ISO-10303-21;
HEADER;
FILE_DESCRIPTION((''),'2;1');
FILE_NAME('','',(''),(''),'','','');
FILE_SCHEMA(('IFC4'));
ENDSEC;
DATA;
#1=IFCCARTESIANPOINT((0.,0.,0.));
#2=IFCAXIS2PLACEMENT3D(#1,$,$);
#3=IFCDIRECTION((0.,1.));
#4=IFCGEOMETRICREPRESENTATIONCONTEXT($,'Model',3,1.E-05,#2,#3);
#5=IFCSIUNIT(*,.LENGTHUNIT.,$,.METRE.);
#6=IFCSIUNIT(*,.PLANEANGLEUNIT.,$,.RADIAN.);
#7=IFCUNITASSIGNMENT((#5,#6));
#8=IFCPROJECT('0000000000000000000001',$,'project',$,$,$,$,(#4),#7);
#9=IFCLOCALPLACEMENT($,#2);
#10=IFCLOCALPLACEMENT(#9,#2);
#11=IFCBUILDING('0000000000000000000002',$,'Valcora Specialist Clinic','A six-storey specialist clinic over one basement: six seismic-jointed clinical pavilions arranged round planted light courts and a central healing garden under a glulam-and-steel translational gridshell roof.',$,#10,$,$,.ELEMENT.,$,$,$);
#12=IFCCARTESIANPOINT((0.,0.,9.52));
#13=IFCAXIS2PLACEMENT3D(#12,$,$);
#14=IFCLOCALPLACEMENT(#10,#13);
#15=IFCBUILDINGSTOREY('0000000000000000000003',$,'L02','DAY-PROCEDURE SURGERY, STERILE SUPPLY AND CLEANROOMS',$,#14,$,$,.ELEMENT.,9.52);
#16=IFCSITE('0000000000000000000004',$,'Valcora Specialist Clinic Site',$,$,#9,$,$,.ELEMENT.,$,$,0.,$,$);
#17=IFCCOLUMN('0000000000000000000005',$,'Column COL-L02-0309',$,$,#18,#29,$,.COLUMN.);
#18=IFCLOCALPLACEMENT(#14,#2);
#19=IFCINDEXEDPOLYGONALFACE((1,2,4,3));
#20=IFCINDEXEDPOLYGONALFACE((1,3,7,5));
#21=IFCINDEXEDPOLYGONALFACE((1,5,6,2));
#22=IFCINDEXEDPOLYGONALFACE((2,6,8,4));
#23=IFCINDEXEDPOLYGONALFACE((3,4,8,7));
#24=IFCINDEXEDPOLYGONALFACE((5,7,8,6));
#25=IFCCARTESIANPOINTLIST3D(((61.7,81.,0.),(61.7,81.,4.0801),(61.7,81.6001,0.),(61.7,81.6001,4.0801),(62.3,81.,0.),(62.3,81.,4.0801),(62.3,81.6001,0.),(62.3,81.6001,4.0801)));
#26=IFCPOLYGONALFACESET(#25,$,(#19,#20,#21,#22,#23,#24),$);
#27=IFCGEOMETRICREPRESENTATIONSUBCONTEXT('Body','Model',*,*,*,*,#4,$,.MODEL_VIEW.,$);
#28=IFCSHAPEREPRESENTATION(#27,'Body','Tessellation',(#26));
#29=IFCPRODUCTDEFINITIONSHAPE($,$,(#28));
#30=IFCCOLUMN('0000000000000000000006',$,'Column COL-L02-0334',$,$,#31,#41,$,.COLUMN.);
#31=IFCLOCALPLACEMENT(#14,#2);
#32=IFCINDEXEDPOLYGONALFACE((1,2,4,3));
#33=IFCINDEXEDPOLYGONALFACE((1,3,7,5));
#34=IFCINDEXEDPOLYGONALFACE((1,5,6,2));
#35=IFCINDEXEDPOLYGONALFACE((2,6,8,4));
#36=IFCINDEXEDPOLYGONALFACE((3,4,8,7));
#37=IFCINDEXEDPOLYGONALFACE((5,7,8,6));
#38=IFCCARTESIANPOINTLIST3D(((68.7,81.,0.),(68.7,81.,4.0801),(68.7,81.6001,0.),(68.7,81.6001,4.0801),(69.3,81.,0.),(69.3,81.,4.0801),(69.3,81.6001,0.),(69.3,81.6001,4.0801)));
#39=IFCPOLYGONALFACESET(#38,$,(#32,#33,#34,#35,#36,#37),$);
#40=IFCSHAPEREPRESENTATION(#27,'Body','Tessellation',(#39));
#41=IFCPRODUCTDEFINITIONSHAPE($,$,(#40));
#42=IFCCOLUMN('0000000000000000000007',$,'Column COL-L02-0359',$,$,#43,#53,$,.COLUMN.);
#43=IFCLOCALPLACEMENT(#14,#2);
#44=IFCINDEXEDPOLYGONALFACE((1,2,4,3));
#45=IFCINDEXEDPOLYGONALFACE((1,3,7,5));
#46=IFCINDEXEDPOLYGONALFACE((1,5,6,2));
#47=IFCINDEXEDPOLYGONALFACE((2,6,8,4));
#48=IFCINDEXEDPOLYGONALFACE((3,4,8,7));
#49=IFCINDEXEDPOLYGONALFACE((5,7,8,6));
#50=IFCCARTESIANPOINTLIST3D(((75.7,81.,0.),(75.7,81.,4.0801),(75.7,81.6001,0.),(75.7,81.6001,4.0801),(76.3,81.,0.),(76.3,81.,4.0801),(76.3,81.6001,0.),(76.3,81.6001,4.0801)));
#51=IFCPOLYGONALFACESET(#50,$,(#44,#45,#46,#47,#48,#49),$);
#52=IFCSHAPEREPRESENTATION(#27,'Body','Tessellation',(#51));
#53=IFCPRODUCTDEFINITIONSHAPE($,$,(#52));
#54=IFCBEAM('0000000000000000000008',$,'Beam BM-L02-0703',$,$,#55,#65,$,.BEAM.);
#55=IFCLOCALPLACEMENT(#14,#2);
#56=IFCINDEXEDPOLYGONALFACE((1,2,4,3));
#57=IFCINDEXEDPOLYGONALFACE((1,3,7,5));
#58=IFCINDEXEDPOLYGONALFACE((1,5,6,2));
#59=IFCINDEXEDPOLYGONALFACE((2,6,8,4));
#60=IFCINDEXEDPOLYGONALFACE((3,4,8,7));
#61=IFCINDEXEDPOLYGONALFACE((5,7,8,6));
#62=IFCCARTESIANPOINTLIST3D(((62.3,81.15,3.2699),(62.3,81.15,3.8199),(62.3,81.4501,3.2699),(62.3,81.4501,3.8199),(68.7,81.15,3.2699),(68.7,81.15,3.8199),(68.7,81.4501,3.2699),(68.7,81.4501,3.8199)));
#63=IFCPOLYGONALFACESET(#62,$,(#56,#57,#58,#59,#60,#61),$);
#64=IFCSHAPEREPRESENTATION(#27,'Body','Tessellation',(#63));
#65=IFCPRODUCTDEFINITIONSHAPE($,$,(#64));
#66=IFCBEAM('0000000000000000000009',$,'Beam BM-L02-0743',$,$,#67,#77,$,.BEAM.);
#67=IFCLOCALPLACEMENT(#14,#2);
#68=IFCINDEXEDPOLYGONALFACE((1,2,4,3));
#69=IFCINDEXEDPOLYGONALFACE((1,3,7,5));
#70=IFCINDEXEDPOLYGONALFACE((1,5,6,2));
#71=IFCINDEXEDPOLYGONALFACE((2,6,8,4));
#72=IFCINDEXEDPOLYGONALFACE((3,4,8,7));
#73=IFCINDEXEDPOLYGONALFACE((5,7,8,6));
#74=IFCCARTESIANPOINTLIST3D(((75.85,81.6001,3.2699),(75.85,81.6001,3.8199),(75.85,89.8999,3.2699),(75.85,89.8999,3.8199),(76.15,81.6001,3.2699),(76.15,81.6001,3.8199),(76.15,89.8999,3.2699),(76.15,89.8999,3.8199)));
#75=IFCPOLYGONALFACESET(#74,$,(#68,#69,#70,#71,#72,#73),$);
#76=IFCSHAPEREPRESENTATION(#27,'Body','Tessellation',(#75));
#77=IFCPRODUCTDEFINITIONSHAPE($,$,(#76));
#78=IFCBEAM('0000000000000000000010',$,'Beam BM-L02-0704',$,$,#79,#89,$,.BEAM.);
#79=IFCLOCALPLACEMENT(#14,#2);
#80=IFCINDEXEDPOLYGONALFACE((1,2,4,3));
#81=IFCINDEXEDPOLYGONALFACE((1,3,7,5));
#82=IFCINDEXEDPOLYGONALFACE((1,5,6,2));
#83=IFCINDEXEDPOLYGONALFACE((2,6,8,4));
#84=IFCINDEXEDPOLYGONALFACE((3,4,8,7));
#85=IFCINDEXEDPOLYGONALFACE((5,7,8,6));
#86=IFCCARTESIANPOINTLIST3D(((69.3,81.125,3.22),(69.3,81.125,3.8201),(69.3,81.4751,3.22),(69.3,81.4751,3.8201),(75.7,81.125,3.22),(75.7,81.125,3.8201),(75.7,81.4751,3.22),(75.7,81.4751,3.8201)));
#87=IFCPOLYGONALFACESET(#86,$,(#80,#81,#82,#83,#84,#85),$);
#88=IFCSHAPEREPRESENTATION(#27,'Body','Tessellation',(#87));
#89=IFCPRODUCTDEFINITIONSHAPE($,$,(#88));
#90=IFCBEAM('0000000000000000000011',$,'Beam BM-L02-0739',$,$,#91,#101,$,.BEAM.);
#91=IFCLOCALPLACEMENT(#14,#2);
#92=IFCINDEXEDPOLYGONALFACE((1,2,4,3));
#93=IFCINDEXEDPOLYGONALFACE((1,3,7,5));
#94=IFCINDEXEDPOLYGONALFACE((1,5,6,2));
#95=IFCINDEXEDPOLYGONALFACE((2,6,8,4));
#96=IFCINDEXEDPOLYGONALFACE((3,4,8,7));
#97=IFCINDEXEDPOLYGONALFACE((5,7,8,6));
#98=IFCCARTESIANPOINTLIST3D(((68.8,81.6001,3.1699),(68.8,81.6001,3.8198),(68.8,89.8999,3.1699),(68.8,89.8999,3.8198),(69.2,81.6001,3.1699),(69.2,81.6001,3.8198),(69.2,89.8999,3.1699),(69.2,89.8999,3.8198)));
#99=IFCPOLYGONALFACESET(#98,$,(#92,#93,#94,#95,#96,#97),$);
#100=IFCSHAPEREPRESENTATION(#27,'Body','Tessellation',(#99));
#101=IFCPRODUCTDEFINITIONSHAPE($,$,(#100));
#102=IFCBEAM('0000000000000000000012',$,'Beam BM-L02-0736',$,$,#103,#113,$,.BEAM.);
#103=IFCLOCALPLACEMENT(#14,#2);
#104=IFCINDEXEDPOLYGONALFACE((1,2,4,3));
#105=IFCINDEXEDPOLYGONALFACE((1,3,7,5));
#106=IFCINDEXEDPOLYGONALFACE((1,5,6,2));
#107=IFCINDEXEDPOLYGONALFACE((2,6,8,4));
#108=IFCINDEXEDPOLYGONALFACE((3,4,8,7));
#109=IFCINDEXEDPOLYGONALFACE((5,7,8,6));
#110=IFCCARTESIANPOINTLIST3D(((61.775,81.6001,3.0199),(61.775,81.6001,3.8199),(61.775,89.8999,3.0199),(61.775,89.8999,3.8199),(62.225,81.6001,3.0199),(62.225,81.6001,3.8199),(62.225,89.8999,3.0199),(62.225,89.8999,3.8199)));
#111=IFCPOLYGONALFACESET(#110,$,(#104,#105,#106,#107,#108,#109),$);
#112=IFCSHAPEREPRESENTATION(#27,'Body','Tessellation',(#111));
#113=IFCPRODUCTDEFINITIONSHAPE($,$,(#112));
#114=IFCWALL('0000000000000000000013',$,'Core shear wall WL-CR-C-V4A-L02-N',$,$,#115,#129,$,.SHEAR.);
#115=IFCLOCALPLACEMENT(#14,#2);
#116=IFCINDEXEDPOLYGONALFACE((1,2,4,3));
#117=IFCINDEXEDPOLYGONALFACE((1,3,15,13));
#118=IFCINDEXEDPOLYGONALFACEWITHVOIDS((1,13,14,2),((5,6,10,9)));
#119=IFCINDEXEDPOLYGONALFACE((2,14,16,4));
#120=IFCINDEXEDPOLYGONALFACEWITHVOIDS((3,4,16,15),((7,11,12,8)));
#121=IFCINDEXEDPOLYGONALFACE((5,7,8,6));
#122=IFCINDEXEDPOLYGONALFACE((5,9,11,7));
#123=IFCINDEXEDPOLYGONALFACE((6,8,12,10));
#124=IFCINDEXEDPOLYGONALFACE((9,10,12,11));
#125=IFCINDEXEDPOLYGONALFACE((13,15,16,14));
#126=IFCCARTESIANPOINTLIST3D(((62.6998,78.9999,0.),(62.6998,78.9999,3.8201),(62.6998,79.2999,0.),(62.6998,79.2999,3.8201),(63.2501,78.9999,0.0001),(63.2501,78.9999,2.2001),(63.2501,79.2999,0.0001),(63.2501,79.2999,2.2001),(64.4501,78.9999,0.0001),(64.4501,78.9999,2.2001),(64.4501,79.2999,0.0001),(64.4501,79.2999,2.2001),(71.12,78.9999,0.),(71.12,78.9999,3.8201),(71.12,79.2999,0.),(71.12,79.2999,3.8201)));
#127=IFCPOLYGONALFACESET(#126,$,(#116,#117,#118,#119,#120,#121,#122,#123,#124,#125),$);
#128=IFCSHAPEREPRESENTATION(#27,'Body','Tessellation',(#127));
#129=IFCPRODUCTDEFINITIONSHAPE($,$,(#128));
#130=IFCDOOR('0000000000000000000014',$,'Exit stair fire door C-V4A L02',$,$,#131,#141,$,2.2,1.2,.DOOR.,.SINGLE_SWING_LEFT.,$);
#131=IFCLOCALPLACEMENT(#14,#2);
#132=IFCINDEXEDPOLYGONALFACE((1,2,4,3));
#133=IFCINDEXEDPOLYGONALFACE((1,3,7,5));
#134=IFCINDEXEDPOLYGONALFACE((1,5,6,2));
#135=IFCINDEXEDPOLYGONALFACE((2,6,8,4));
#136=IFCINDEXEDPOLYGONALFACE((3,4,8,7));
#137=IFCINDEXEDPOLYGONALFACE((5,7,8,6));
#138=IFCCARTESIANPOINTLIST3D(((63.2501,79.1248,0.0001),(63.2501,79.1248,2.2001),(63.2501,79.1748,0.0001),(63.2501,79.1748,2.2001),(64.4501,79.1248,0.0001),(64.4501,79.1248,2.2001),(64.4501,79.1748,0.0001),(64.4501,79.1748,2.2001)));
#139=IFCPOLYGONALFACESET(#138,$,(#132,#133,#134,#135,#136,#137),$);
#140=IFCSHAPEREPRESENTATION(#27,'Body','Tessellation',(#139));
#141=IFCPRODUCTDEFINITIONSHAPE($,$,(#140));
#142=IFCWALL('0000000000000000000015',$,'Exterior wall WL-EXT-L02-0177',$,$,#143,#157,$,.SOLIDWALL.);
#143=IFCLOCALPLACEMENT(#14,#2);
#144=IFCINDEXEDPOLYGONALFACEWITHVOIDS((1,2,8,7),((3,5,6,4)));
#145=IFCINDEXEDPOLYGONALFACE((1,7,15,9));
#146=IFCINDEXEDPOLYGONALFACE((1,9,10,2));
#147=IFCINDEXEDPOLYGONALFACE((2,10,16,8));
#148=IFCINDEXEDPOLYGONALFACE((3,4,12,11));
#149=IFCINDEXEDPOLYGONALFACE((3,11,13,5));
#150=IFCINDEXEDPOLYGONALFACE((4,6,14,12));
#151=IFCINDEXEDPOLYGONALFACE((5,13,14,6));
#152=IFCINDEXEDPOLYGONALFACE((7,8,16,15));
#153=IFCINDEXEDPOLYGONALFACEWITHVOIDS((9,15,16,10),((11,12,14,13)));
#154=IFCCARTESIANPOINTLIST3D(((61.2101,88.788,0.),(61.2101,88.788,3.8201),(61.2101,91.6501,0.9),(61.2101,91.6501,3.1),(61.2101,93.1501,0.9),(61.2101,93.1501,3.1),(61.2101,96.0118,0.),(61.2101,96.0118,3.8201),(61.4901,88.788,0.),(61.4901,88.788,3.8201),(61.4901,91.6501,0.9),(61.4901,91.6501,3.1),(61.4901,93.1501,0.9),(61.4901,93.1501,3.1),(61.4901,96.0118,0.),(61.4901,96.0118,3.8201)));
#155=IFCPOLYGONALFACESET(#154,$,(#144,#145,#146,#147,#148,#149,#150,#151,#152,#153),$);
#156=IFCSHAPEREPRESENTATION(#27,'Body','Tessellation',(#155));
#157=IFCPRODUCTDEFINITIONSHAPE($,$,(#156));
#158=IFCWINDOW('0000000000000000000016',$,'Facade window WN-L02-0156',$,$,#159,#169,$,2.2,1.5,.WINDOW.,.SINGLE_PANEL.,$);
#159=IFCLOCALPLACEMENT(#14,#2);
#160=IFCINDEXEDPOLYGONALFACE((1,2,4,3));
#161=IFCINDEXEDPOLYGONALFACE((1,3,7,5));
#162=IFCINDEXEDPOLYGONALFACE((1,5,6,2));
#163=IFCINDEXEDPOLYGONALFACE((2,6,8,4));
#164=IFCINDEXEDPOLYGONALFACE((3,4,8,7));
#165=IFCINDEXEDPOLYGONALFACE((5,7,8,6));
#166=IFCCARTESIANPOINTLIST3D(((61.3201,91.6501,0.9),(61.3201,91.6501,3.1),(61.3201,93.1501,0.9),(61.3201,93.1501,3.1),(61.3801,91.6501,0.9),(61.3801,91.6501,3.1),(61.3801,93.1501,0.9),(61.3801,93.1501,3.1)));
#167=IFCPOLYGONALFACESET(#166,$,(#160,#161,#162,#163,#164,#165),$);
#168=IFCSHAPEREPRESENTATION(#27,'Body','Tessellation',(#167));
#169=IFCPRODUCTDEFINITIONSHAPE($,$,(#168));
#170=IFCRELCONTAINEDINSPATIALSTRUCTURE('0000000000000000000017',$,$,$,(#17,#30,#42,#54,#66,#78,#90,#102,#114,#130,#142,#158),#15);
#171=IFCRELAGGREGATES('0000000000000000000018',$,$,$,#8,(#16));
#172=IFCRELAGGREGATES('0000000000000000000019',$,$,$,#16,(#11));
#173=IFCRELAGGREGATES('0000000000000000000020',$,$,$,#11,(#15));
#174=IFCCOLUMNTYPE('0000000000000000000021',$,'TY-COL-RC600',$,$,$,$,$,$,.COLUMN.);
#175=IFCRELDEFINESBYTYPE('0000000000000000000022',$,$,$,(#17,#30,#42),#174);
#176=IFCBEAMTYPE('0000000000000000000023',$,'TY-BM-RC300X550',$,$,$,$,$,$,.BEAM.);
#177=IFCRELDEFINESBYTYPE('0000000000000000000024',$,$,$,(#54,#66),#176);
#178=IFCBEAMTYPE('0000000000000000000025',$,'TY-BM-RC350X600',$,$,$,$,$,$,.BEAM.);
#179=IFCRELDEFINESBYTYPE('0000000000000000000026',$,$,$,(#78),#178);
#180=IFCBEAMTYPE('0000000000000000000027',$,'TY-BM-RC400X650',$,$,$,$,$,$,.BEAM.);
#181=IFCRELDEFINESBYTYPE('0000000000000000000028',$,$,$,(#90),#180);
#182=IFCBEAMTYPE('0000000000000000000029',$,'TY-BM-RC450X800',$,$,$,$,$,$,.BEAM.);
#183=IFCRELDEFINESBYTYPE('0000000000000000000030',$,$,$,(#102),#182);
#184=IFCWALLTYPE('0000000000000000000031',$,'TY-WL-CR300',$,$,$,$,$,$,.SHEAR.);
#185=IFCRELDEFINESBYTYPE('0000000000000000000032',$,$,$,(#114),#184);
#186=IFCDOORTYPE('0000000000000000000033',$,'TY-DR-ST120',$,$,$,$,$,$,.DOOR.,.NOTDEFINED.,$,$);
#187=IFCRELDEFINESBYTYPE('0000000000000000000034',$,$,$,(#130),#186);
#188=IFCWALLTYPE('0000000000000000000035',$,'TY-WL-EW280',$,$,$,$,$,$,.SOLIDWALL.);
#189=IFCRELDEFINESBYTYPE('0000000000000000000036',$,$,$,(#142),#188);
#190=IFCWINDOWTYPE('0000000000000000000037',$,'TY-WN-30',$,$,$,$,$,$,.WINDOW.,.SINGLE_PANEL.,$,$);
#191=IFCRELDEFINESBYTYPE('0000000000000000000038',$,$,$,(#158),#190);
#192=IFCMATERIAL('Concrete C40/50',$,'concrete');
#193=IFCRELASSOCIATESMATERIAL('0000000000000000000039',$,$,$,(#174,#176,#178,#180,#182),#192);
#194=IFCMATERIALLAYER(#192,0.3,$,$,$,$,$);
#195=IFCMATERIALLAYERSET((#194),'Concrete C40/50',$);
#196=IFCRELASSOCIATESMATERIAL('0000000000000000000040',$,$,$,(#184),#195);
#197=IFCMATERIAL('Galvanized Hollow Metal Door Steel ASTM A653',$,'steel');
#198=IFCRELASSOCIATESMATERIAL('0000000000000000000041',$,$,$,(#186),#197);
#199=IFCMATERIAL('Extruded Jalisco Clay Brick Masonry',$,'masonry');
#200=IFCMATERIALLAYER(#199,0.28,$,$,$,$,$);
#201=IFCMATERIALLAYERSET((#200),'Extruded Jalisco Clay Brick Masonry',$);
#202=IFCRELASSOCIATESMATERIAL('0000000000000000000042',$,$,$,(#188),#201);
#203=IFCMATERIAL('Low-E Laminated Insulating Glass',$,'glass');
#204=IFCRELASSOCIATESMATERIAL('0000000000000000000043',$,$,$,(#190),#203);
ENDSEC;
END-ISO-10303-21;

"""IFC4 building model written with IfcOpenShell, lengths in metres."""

from ifc_helpers import new_model, si_unit, direction, frame, frame_2d, origin, origin_2d, place, context, subcontext, project, spatial, rectangle, extrude, material, layer, layer_set, material_profile, profile_set, type_object, element, fill, save


model = new_model("IFC4")

# Units and contexts
model_context = context("Model", 3, precision=1e-05, world=origin(), true_north=direction((0.0, 1.0)))
body_context = subcontext(model_context, "Body", "Model", "MODEL_VIEW")
ifc_project = project(units=[si_unit("LENGTHUNIT", "METRE"), si_unit("PLANEANGLEUNIT", "RADIAN")], contexts=[model_context])

# Site, building, storey
site_placement = place(None, origin())
site = spatial("IfcSite", under=ifc_project, at=site_placement, Name="Valcora Specialist Clinic Site", CompositionType="ELEMENT", RefElevation=0.0)
building_placement = place(site_placement, origin())
building = spatial("IfcBuilding", under=site, at=building_placement, Name="Valcora Specialist Clinic", Description="A six-storey specialist clinic over one basement: six seismic-jointed clinical pavilions arranged round planted light courts and a central healing garden under a glulam-and-steel translational gridshell roof.", CompositionType="ELEMENT")
storey_placement = place(building_placement, frame((0.0, 0.0, 9.52)))
storey = spatial("IfcBuildingStorey", under=building, at=storey_placement, Name="L02", Description="DAY-PROCEDURE SURGERY, STERILE SUPPLY AND CLEANROOMS", CompositionType="ELEMENT", Elevation=9.52)

# Columns
ifc_material_1 = material(Name="Concrete C40/50", Category="concrete")
ifc_material_profile_1 = material_profile(ifc_material_1, rectangle(XDim=0.6001, YDim=0.6001, at=origin_2d()), Name="RC-COL-600X600")
ifc_profile_set_1 = profile_set([ifc_material_profile_1], Name="Concrete C40/50")
column_type = type_object("IfcColumnType", Name="TY-COL-RC600", PredefinedType="COLUMN", material=ifc_profile_set_1)
for number, where, z_axis, x_axis, name in (
    (1, (62.0, 81.3, 0.0), (0.0, 0.0, 1.0), (1.0, 0.0, 0.0), "Column COL-L02-0309"),
    (2, (69.0, 81.3, 0.0), (0.0, 0.0, 1.0), (1.0, 0.0, 0.0), "Column COL-L02-0334"),
    (3, (76.0, 81.3, 0.0), (0.0, 0.0, 1.0), (1.0, 0.0, 0.0), "Column COL-L02-0359"),
):
    element("IfcColumn", number, at=place(storey_placement, frame(where, z_axis=z_axis, x_axis=x_axis)), inside=storey, type_object=column_type, Name=name, PredefinedType="COLUMN", context=body_context, shape_type="SweptSolid", body=[
        extrude(rectangle(XDim=0.6001, YDim=0.6001, at=origin_2d()), origin(), (0.0, 0.0, 1.0), 4.0801),
    ])

# Beams
ifc_material_profile_2 = material_profile(ifc_material_1, rectangle(XDim=0.3, YDim=0.55, at=origin_2d()), Name="RC-BM-300X550")
ifc_profile_set_2 = profile_set([ifc_material_profile_2], Name="Concrete C40/50")
beam_type_1 = type_object("IfcBeamType", Name="TY-BM-RC300X550", PredefinedType="BEAM", material=ifc_profile_set_2)
beam_1_placement = place(storey_placement, frame((62.3, 81.3, 3.5449), z_axis=(1.0, 0.0, 0.0), x_axis=(0.0, 1.0, 0.0)))
element("IfcBeam", 4, at=beam_1_placement, inside=storey, type_object=beam_type_1, Name="Beam BM-L02-0703", PredefinedType="BEAM", context=body_context, shape_type="SweptSolid", body=[
    extrude(rectangle(XDim=0.3, YDim=0.55, at=origin_2d()), origin(), (0.0, 0.0, 1.0), 6.3999),
])
beam_2_placement = place(storey_placement, frame((76.0, 81.6001, 3.5449), z_axis=(0.0, 1.0, 0.0), x_axis=(-1.0, 0.0, 0.0)))
element("IfcBeam", 5, at=beam_2_placement, inside=storey, type_object=beam_type_1, Name="Beam BM-L02-0743", PredefinedType="BEAM", context=body_context, shape_type="SweptSolid", body=[
    extrude(rectangle(XDim=0.3, YDim=0.55, at=origin_2d()), origin(), (0.0, 0.0, 1.0), 8.2998),
])
ifc_material_profile_3 = material_profile(ifc_material_1, rectangle(XDim=0.3501, YDim=0.6001, at=origin_2d()), Name="RC-BM-350X600")
ifc_profile_set_3 = profile_set([ifc_material_profile_3], Name="Concrete C40/50")
beam_type_2 = type_object("IfcBeamType", Name="TY-BM-RC350X600", PredefinedType="BEAM", material=ifc_profile_set_3)
beam_3_placement = place(storey_placement, frame((69.3, 81.3, 3.52), z_axis=(1.0, 0.0, 0.0), x_axis=(0.0, 1.0, 0.0)))
element("IfcBeam", 6, at=beam_3_placement, inside=storey, type_object=beam_type_2, Name="Beam BM-L02-0704", PredefinedType="BEAM", context=body_context, shape_type="SweptSolid", body=[
    extrude(rectangle(XDim=0.3501, YDim=0.6001, at=origin_2d()), origin(), (0.0, 0.0, 1.0), 6.3999),
])
ifc_material_profile_4 = material_profile(ifc_material_1, rectangle(XDim=0.3999, YDim=0.6499, at=origin_2d()), Name="RC-BM-400X650")
ifc_profile_set_4 = profile_set([ifc_material_profile_4], Name="Concrete C40/50")
beam_type_3 = type_object("IfcBeamType", Name="TY-BM-RC400X650", PredefinedType="BEAM", material=ifc_profile_set_4)
beam_4_placement = place(storey_placement, frame((69.0, 81.6001, 3.4949), z_axis=(0.0, 1.0, 0.0), x_axis=(-1.0, 0.0, 0.0)))
element("IfcBeam", 7, at=beam_4_placement, inside=storey, type_object=beam_type_3, Name="Beam BM-L02-0739", PredefinedType="BEAM", context=body_context, shape_type="SweptSolid", body=[
    extrude(rectangle(XDim=0.3999, YDim=0.6499, at=origin_2d()), origin(), (0.0, 0.0, 1.0), 8.2998),
])
ifc_material_profile_5 = material_profile(ifc_material_1, rectangle(XDim=0.45, YDim=0.8, at=origin_2d()), Name="RC-BM-450X800")
ifc_profile_set_5 = profile_set([ifc_material_profile_5], Name="Concrete C40/50")
beam_type_4 = type_object("IfcBeamType", Name="TY-BM-RC450X800", PredefinedType="BEAM", material=ifc_profile_set_5)
beam_5_placement = place(storey_placement, frame((62.0, 81.6001, 3.4199), z_axis=(0.0, 1.0, 0.0), x_axis=(-1.0, 0.0, 0.0)))
element("IfcBeam", 8, at=beam_5_placement, inside=storey, type_object=beam_type_4, Name="Beam BM-L02-0736", PredefinedType="BEAM", context=body_context, shape_type="SweptSolid", body=[
    extrude(rectangle(XDim=0.45, YDim=0.8, at=origin_2d()), origin(), (0.0, 0.0, 1.0), 8.2998),
])

# Wall, opening, door
ifc_layer_1 = layer(ifc_material_1, 0.3)
ifc_layer_set_1 = layer_set([ifc_layer_1], Name="Concrete C40/50")
wall_type_1 = type_object("IfcWallType", Name="TY-WL-CR300", PredefinedType="SHEAR", material=ifc_layer_set_1)
wall_1_placement = place(storey_placement, frame((62.7, 79.1499, 0.0), z_axis=(0.0, 0.0, 1.0), x_axis=(1.0, 0.0, 0.0)))
wall_1 = element("IfcWall", 9, at=wall_1_placement, inside=storey, type_object=wall_type_1, Name="Core shear wall WL-CR-C-V4A-L02-N", PredefinedType="SHEAR", context=body_context, shape_type="SweptSolid", body=[
    extrude(rectangle(XDim=8.4202, YDim=0.3, at=frame_2d((4.21, 0.0))), origin(), (0.0, 0.0, 1.0), 3.8201),
])
opening_1_placement = place(wall_1_placement, frame((0.55, 0.0, 0.0)))
opening_1 = element("IfcOpeningElement", 10, at=opening_1_placement, cuts=wall_1, PredefinedType="OPENING", context=body_context, shape_type="SweptSolid", body=[
    extrude(rectangle(XDim=1.2, YDim=2.2, at=frame_2d((0.6001, 1.1001))), frame((0.0, 0.1599, 0.0), z_axis=(0.0, -1.0, 0.0), x_axis=(1.0, 0.0, 0.0)), (0.0, 0.0, 1.0), 0.3201),
])
ifc_material_2 = material(Name="Galvanized Hollow Metal Door Steel ASTM A653", Category="steel")
door_type_1 = type_object("IfcDoorType", Name="TY-DR-ST120", OperationType="NOTDEFINED", PredefinedType="DOOR", material=ifc_material_2)
door_1_placement = place(opening_1_placement, origin())
door_1 = element("IfcDoor", 11, at=door_1_placement, inside=storey, type_object=door_type_1, Name="Exit stair fire door C-V4A L02", OperationType="SINGLE_SWING_LEFT", OverallHeight=2.2, OverallWidth=1.2, PredefinedType="DOOR", context=body_context, shape_type="SweptSolid", body=[
    extrude(rectangle(XDim=1.2, YDim=2.2, at=frame_2d((0.6001, 1.1001))), frame((0.0, 0.0249, 0.0), z_axis=(0.0, -1.0, 0.0), x_axis=(1.0, 0.0, 0.0)), (0.0, 0.0, 1.0), 0.05),
])
fill(opening_1, door_1)

# Wall, opening, window
ifc_material_3 = material(Name="Extruded Jalisco Clay Brick Masonry", Category="masonry")
ifc_layer_2 = layer(ifc_material_3, 0.28)
ifc_layer_set_2 = layer_set([ifc_layer_2], Name="Extruded Jalisco Clay Brick Masonry")
wall_type_2 = type_object("IfcWallType", Name="TY-WL-EW280", PredefinedType="SOLIDWALL", material=ifc_layer_set_2)
wall_2_placement = place(storey_placement, frame((61.3501, 88.7881, 0.0), z_axis=(0.0, 0.0, 1.0), x_axis=(0.0, 1.0, 0.0)))
wall_2 = element("IfcWall", 12, at=wall_2_placement, inside=storey, type_object=wall_type_2, Name="Exterior wall WL-EXT-L02-0177", PredefinedType="SOLIDWALL", context=body_context, shape_type="SweptSolid", body=[
    extrude(rectangle(XDim=7.2239, YDim=0.28, at=frame_2d((3.6118, 0.0))), origin(), (0.0, 0.0, 1.0), 3.8201),
])
opening_2_placement = place(wall_2_placement, frame((2.8621, 0.0, 0.8999)))
opening_2 = element("IfcOpeningElement", 13, at=opening_2_placement, cuts=wall_2, PredefinedType="OPENING", context=body_context, shape_type="SweptSolid", body=[
    extrude(rectangle(XDim=1.5, YDim=2.2, at=frame_2d((0.75, 1.1001))), frame((0.0, 0.1499, 0.0), z_axis=(0.0, -1.0, 0.0), x_axis=(1.0, 0.0, 0.0)), (0.0, 0.0, 1.0), 0.3),
])
ifc_material_4 = material(Name="Low-E Laminated Insulating Glass", Category="glass")
window_type_1 = type_object("IfcWindowType", Name="TY-WN-30", PartitioningType="SINGLE_PANEL", PredefinedType="WINDOW", material=ifc_material_4)
window_1_placement = place(opening_2_placement, origin())
window_1 = element("IfcWindow", 14, at=window_1_placement, inside=storey, type_object=window_type_1, Name="Facade window WN-L02-0156", OverallHeight=2.2, OverallWidth=1.5, PartitioningType="SINGLE_PANEL", PredefinedType="WINDOW", context=body_context, shape_type="SweptSolid", body=[
    extrude(rectangle(XDim=1.5, YDim=2.2, at=frame_2d((0.75, 1.1001))), frame((0.0, 0.03, 0.0), z_axis=(0.0, -1.0, 0.0), x_axis=(1.0, 0.0, 0.0)), (0.0, 0.0, 1.0), 0.0601),
])
fill(opening_2, window_1)

save(model, "model.ifc")
